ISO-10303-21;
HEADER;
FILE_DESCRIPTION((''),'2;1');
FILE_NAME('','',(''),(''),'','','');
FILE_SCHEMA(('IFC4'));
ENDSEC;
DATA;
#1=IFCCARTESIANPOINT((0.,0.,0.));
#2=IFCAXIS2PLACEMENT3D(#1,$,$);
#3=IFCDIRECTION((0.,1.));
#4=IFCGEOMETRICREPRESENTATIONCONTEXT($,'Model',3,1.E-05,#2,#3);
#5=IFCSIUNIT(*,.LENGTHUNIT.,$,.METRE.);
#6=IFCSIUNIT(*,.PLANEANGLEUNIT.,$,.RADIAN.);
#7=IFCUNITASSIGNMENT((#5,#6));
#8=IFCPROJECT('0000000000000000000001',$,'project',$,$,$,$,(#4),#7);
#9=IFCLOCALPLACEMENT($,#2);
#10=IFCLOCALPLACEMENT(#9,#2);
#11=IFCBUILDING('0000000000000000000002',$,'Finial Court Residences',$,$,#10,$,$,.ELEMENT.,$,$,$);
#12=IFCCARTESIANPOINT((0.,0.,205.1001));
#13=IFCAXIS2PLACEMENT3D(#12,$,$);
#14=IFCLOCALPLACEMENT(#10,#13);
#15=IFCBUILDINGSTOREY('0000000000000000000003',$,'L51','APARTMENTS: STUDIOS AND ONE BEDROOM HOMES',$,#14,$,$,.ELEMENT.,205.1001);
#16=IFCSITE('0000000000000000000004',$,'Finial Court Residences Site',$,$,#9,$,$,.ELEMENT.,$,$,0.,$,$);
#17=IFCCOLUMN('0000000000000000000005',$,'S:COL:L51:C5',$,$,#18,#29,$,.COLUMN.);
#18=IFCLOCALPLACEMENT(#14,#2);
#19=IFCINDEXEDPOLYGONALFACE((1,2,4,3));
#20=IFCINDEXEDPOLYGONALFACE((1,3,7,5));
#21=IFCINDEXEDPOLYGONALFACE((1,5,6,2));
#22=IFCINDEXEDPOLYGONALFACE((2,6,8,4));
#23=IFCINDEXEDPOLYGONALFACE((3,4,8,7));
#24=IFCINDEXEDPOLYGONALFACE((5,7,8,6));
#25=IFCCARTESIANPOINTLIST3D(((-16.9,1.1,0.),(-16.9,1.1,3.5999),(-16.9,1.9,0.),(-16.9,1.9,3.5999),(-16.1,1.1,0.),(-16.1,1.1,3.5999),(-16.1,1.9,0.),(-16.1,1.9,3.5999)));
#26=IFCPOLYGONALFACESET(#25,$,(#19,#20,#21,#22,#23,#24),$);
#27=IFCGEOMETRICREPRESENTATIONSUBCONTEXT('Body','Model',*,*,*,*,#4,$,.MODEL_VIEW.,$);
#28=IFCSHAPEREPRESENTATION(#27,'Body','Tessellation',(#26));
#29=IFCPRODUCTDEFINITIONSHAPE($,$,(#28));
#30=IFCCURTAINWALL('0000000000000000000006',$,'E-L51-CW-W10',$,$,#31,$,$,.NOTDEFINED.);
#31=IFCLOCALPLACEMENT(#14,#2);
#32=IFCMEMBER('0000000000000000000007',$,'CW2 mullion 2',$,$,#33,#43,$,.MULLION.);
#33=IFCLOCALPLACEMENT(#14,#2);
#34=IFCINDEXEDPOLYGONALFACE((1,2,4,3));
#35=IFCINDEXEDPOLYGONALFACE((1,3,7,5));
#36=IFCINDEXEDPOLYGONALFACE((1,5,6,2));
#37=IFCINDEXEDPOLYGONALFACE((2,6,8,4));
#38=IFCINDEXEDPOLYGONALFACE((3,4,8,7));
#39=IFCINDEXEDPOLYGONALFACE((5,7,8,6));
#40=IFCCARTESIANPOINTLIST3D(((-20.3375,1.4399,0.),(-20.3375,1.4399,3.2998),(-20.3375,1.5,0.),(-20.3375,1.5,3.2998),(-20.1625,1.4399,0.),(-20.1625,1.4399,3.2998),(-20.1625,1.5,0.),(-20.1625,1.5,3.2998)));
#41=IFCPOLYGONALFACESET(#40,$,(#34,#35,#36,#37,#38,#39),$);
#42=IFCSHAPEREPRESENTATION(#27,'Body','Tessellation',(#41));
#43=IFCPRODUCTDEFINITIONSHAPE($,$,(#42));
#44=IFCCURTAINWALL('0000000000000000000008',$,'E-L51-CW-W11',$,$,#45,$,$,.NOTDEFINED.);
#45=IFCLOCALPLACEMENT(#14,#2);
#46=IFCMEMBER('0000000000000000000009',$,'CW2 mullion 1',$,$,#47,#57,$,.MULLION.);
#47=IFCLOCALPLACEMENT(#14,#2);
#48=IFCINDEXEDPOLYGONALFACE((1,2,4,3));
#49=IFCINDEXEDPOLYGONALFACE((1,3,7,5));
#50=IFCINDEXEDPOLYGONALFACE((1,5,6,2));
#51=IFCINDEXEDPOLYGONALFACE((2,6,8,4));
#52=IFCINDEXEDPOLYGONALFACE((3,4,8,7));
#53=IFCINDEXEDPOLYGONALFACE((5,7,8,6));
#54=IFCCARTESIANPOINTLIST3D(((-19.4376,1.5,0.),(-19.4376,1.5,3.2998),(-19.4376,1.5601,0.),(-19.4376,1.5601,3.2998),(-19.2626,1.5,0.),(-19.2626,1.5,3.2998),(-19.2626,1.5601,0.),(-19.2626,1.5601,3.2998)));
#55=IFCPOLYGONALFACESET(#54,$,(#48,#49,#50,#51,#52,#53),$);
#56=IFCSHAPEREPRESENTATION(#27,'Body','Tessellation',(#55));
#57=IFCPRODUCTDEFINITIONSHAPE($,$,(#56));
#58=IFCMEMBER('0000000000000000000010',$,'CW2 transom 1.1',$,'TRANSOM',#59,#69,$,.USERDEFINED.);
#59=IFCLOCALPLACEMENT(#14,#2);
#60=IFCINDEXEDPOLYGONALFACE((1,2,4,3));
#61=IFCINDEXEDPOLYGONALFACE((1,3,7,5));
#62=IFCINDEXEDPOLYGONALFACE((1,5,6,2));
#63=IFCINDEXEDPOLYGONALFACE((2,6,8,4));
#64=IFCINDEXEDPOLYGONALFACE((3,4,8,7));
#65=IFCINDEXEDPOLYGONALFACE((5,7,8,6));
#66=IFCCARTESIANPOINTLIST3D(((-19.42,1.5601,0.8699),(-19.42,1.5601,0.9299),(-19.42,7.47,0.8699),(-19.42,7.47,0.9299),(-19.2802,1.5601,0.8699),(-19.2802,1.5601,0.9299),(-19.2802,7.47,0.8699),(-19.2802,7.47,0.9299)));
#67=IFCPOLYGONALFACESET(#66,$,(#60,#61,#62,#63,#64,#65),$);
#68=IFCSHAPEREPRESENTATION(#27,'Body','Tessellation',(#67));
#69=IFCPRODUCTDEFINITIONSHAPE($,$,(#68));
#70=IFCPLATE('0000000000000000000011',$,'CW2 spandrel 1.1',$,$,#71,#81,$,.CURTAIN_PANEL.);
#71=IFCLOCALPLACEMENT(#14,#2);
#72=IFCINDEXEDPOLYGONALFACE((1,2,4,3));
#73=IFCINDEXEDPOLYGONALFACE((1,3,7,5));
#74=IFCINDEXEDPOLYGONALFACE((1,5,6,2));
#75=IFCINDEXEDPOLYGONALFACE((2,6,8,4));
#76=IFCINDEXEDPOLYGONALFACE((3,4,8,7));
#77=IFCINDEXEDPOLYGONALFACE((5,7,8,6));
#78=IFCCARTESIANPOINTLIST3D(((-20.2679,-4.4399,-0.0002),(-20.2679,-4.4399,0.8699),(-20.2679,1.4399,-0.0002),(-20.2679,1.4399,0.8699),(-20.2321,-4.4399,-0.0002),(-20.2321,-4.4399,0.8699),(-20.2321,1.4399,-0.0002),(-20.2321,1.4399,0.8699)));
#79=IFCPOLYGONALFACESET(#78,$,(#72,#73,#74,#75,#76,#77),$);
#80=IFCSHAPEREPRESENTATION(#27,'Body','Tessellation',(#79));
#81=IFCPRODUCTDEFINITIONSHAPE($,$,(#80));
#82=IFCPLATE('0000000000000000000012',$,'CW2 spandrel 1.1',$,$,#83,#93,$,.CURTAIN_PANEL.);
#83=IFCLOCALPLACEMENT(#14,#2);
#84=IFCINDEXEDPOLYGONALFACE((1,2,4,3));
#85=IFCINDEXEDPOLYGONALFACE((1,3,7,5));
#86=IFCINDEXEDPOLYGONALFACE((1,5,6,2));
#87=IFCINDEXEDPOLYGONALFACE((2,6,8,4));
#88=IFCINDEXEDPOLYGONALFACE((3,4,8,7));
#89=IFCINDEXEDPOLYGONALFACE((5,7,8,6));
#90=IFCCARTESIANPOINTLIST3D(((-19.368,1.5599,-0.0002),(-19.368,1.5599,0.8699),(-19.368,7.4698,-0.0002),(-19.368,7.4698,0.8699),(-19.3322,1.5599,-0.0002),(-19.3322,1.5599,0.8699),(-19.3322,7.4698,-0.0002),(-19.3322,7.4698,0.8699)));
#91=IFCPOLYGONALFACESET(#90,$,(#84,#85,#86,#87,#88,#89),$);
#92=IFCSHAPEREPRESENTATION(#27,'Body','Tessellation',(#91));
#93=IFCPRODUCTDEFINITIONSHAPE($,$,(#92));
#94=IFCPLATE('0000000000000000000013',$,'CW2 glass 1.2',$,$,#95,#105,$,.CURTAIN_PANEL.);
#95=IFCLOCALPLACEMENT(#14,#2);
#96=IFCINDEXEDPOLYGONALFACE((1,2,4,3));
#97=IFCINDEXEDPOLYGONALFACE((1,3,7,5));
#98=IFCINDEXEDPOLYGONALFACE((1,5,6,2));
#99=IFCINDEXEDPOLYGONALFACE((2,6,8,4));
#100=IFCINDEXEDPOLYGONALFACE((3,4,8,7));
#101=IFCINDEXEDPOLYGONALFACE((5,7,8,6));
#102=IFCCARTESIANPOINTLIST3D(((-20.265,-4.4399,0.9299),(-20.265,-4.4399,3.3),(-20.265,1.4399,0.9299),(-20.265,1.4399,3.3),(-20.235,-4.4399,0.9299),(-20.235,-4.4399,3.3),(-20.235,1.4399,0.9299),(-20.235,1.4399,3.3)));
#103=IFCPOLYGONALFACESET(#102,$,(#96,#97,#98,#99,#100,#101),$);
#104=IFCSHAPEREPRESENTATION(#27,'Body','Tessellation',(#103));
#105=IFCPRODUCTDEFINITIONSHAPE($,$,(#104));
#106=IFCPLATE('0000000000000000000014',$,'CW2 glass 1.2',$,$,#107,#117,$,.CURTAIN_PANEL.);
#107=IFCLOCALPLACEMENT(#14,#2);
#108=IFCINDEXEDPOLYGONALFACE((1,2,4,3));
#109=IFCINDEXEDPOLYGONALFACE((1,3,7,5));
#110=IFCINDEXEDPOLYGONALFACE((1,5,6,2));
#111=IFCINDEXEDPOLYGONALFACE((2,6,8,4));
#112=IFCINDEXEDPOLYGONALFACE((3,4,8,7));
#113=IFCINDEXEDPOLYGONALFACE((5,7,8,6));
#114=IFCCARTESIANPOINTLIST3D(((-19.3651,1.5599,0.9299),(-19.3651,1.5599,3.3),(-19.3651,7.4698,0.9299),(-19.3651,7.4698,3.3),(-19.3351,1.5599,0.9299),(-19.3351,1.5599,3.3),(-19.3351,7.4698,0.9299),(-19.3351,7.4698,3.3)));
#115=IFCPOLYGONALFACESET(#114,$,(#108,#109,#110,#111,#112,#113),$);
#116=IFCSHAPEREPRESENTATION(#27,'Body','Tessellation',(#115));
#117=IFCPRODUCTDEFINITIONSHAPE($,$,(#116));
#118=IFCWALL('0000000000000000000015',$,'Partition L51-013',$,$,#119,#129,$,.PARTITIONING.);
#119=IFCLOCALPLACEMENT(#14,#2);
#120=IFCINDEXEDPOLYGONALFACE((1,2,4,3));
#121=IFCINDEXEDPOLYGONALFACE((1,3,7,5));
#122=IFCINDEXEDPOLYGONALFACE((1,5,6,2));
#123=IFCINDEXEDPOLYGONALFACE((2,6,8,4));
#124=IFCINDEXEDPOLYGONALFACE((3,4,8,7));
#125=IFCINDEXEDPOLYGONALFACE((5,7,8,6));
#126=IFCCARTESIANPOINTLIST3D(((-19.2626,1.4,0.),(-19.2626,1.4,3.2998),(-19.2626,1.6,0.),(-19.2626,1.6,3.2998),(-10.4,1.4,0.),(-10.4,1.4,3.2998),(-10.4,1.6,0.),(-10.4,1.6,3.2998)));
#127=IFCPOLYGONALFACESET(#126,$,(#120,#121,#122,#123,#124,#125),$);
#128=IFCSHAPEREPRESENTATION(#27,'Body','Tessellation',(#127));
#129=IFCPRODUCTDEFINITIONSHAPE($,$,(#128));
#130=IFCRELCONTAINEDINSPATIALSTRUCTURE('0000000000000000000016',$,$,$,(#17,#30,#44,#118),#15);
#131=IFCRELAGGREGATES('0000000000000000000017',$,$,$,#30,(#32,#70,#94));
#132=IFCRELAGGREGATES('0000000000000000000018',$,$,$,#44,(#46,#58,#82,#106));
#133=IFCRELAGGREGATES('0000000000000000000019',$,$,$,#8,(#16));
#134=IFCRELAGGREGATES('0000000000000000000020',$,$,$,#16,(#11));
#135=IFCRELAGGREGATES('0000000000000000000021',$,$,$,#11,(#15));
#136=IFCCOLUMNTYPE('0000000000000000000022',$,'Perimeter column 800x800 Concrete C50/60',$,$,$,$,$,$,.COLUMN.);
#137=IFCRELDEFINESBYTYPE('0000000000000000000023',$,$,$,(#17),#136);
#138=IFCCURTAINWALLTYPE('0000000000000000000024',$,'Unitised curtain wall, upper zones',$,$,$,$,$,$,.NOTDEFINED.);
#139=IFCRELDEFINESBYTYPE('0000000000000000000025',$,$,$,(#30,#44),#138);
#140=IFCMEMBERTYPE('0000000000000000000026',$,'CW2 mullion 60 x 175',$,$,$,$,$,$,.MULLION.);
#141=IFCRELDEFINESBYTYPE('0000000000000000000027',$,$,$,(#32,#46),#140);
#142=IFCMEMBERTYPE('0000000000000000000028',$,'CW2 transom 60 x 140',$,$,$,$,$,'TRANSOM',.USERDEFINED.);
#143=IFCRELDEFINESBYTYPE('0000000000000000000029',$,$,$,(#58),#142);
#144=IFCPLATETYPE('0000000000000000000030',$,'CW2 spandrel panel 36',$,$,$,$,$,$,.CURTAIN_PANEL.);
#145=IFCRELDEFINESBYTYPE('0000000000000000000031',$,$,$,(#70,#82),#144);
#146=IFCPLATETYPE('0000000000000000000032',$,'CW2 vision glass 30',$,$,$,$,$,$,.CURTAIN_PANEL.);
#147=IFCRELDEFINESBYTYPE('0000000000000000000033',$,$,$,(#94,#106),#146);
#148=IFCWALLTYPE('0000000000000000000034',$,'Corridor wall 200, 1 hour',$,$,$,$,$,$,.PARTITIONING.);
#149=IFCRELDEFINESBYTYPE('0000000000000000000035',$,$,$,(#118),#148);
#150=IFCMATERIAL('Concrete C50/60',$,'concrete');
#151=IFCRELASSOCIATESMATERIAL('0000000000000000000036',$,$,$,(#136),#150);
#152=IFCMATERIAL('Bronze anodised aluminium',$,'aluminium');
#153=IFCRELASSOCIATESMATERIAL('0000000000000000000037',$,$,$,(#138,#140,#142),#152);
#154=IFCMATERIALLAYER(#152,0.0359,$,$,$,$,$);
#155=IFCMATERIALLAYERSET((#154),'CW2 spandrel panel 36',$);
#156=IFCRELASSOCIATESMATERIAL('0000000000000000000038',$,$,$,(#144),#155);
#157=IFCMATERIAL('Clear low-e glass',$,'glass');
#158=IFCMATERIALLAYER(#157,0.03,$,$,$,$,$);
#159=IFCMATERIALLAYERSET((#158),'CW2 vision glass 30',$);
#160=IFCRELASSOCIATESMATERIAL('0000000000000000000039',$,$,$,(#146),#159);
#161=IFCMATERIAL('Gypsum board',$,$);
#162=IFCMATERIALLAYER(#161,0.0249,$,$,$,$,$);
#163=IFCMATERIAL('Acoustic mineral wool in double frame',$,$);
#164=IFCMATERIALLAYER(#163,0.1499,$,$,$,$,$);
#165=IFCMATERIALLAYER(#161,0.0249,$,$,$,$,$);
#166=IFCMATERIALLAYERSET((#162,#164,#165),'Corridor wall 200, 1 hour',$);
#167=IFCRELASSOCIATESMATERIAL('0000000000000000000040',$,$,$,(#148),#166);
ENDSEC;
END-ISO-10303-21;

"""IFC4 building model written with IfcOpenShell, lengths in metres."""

from ifc_helpers import new_model, si_unit, direction, frame, frame_2d, origin, origin_2d, place, context, subcontext, project, spatial, rectangle, extrude, material, layer, layer_set, material_profile, profile_set, type_object, element, aggregate, save


model = new_model("IFC4")

# Units and contexts
model_context = context("Model", 3, precision=1e-05, world=origin(), true_north=direction((0.0, 1.0)))
body_context = subcontext(model_context, "Body", "Model", "MODEL_VIEW")
ifc_project = project(units=[si_unit("LENGTHUNIT", "METRE"), si_unit("PLANEANGLEUNIT", "RADIAN")], contexts=[model_context])

# Site, building, storey
site_placement = place(None, origin())
site = spatial("IfcSite", under=ifc_project, at=site_placement, Name="Finial Court Residences Site", CompositionType="ELEMENT", RefElevation=0.0)
building_placement = place(site_placement, origin())
building = spatial("IfcBuilding", under=site, at=building_placement, Name="Finial Court Residences", CompositionType="ELEMENT")
storey_placement = place(building_placement, frame((0.0, 0.0, 205.1001)))
storey = spatial("IfcBuildingStorey", under=building, at=storey_placement, Name="L51", Description="APARTMENTS: STUDIOS AND ONE BEDROOM HOMES", CompositionType="ELEMENT", Elevation=205.1001)

# Column
ifc_material_1 = material(Name="Concrete C50/60", Category="concrete")
ifc_material_profile_1 = material_profile(ifc_material_1, rectangle(XDim=0.8, YDim=0.8, at=origin_2d()), Name="800x800")
ifc_profile_set_1 = profile_set([ifc_material_profile_1], Name="Concrete C50/60")
column_type = type_object("IfcColumnType", Name="Perimeter column 800x800 Concrete C50/60", PredefinedType="COLUMN", material=ifc_profile_set_1)
column_placement = place(storey_placement, frame((-16.5, 1.5, 0.0), z_axis=(0.0, 0.0, 1.0), x_axis=(1.0, 0.0, 0.0)))
element("IfcColumn", 1, at=column_placement, inside=storey, type_object=column_type, Name="S:COL:L51:C5", PredefinedType="COLUMN", context=body_context, shape_type="SweptSolid", body=[
    extrude(rectangle(XDim=0.8, YDim=0.8, at=origin_2d()), origin(), (0.0, 0.0, 1.0), 3.5999),
])

# Curtain wall, member
ifc_material_2 = material(Name="Bronze anodised aluminium", Category="aluminium")
curtain_wall_type = type_object("IfcCurtainWallType", Name="Unitised curtain wall, upper zones", PredefinedType="NOTDEFINED", material=ifc_material_2)
curtain_wall_1_placement = place(storey_placement, origin())
curtain_wall_1 = element("IfcCurtainWall", 2, at=curtain_wall_1_placement, inside=storey, type_object=curtain_wall_type, Name="E-L51-CW-W10", PredefinedType="NOTDEFINED")
ifc_material_profile_2 = material_profile(ifc_material_2, rectangle(XDim=0.175, YDim=0.0601, at=origin_2d()), Name="CW2 mullion 60 x 175")
ifc_profile_set_2 = profile_set([ifc_material_profile_2], Name="Bronze anodised aluminium")
member_type_1 = type_object("IfcMemberType", Name="CW2 mullion 60 x 175", PredefinedType="MULLION", material=ifc_profile_set_2)
member_1_placement = place(storey_placement, frame((-20.25, 1.47, 0.0), z_axis=(0.0, 0.0, 1.0), x_axis=(-1.0, 0.0, 0.0)))
member_1 = element("IfcMember", 3, at=member_1_placement, type_object=member_type_1, Name="CW2 mullion 2", PredefinedType="MULLION", context=body_context, shape_type="SweptSolid", body=[
    extrude(rectangle(XDim=0.175, YDim=0.0601, at=origin_2d()), origin(), (0.0, 0.0, 1.0), 3.2998),
])

# Curtain wall, members
curtain_wall_2_placement = place(storey_placement, origin())
curtain_wall_2 = element("IfcCurtainWall", 4, at=curtain_wall_2_placement, inside=storey, type_object=curtain_wall_type, Name="E-L51-CW-W11", PredefinedType="NOTDEFINED")
member_2_placement = place(storey_placement, frame((-19.3501, 1.53, 0.0), z_axis=(0.0, 0.0, 1.0), x_axis=(-1.0, 0.0, 0.0)))
member_2 = element("IfcMember", 5, at=member_2_placement, type_object=member_type_1, Name="CW2 mullion 1", PredefinedType="MULLION", context=body_context, shape_type="SweptSolid", body=[
    extrude(rectangle(XDim=0.175, YDim=0.0601, at=origin_2d()), origin(), (0.0, 0.0, 1.0), 3.2998),
])
ifc_material_profile_3 = material_profile(ifc_material_2, rectangle(XDim=0.1399, YDim=0.0601, at=origin_2d()), Name="CW2 transom 60 x 140")
ifc_profile_set_3 = profile_set([ifc_material_profile_3], Name="Bronze anodised aluminium")
member_type_2 = type_object("IfcMemberType", Name="CW2 transom 60 x 140", ElementType="TRANSOM", PredefinedType="USERDEFINED", material=ifc_profile_set_3)
member_3_placement = place(storey_placement, frame((-19.3501, 1.5601, 0.8999), z_axis=(0.0, 1.0, 0.0), x_axis=(-1.0, 0.0, 0.0)))
member_3 = element("IfcMember", 6, at=member_3_placement, type_object=member_type_2, Name="CW2 transom 1.1", ObjectType="TRANSOM", PredefinedType="USERDEFINED", context=body_context, shape_type="SweptSolid", body=[
    extrude(rectangle(XDim=0.1399, YDim=0.0601, at=origin_2d()), origin(), (0.0, 0.0, 1.0), 5.9099),
])

# Plates
ifc_layer_1 = layer(ifc_material_2, 0.0359)
ifc_layer_set_1 = layer_set([ifc_layer_1], Name="CW2 spandrel panel 36")
plate_type_1 = type_object("IfcPlateType", Name="CW2 spandrel panel 36", PredefinedType="CURTAIN_PANEL", material=ifc_layer_set_1)
plate_1_placement = place(storey_placement, frame((-20.25, -1.5, -0.0002), z_axis=(0.0, 0.0, 1.0), x_axis=(0.0, 1.0, 0.0)))
plate_1 = element("IfcPlate", 7, at=plate_1_placement, type_object=plate_type_1, Name="CW2 spandrel 1.1", PredefinedType="CURTAIN_PANEL", context=body_context, shape_type="SweptSolid", body=[
    extrude(rectangle(XDim=5.8799, YDim=0.0359, at=origin_2d()), origin(), (0.0, 0.0, 1.0), 0.8701),
])
plate_2_placement = place(storey_placement, frame((-19.3501, 4.5149, -0.0002), z_axis=(0.0, 0.0, 1.0), x_axis=(0.0, 1.0, 0.0)))
plate_2 = element("IfcPlate", 8, at=plate_2_placement, type_object=plate_type_1, Name="CW2 spandrel 1.1", PredefinedType="CURTAIN_PANEL", context=body_context, shape_type="SweptSolid", body=[
    extrude(rectangle(XDim=5.9099, YDim=0.0359, at=origin_2d()), origin(), (0.0, 0.0, 1.0), 0.8701),
])
ifc_material_3 = material(Name="Clear low-e glass", Category="glass")
ifc_layer_2 = layer(ifc_material_3, 0.03)
ifc_layer_set_2 = layer_set([ifc_layer_2], Name="CW2 vision glass 30")
plate_type_2 = type_object("IfcPlateType", Name="CW2 vision glass 30", PredefinedType="CURTAIN_PANEL", material=ifc_layer_set_2)
plate_3_placement = place(storey_placement, frame((-20.25, -1.5, 0.9299), z_axis=(0.0, 0.0, 1.0), x_axis=(0.0, 1.0, 0.0)))
plate_3 = element("IfcPlate", 9, at=plate_3_placement, type_object=plate_type_2, Name="CW2 glass 1.2", PredefinedType="CURTAIN_PANEL", context=body_context, shape_type="SweptSolid", body=[
    extrude(rectangle(XDim=5.8799, YDim=0.03, at=origin_2d()), origin(), (0.0, 0.0, 1.0), 2.3701),
])
aggregate(curtain_wall_1, [member_1, plate_1, plate_3])
plate_4_placement = place(storey_placement, frame((-19.3501, 4.5149, 0.9299), z_axis=(0.0, 0.0, 1.0), x_axis=(0.0, 1.0, 0.0)))
plate_4 = element("IfcPlate", 10, at=plate_4_placement, type_object=plate_type_2, Name="CW2 glass 1.2", PredefinedType="CURTAIN_PANEL", context=body_context, shape_type="SweptSolid", body=[
    extrude(rectangle(XDim=5.9099, YDim=0.03, at=origin_2d()), origin(), (0.0, 0.0, 1.0), 2.3701),
])
aggregate(curtain_wall_2, [member_2, member_3, plate_2, plate_4])

# Wall
ifc_material_4 = material(Name="Gypsum board")
ifc_layer_3 = layer(ifc_material_4, 0.0249)
ifc_material_5 = material(Name="Acoustic mineral wool in double frame")
ifc_layer_4 = layer(ifc_material_5, 0.1499)
ifc_layer_5 = layer(ifc_material_4, 0.0249)
ifc_layer_set_3 = layer_set([ifc_layer_3, ifc_layer_4, ifc_layer_5], Name="Corridor wall 200, 1 hour")
wall_type_1 = type_object("IfcWallType", Name="Corridor wall 200, 1 hour", PredefinedType="PARTITIONING", material=ifc_layer_set_3)
wall_1_placement = place(storey_placement, frame((-19.2625, 1.5, 0.0), z_axis=(0.0, 0.0, 1.0), x_axis=(1.0, 0.0, 0.0)))
element("IfcWall", 11, at=wall_1_placement, inside=storey, type_object=wall_type_1, Name="Partition L51-013", PredefinedType="PARTITIONING", context=body_context, shape_type="SweptSolid", body=[
    extrude(rectangle(XDim=8.8625, YDim=0.2, at=frame_2d((4.4312, 0.0))), origin(), (0.0, 0.0, 1.0), 3.2998),
])

save(model, "model.ifc")
